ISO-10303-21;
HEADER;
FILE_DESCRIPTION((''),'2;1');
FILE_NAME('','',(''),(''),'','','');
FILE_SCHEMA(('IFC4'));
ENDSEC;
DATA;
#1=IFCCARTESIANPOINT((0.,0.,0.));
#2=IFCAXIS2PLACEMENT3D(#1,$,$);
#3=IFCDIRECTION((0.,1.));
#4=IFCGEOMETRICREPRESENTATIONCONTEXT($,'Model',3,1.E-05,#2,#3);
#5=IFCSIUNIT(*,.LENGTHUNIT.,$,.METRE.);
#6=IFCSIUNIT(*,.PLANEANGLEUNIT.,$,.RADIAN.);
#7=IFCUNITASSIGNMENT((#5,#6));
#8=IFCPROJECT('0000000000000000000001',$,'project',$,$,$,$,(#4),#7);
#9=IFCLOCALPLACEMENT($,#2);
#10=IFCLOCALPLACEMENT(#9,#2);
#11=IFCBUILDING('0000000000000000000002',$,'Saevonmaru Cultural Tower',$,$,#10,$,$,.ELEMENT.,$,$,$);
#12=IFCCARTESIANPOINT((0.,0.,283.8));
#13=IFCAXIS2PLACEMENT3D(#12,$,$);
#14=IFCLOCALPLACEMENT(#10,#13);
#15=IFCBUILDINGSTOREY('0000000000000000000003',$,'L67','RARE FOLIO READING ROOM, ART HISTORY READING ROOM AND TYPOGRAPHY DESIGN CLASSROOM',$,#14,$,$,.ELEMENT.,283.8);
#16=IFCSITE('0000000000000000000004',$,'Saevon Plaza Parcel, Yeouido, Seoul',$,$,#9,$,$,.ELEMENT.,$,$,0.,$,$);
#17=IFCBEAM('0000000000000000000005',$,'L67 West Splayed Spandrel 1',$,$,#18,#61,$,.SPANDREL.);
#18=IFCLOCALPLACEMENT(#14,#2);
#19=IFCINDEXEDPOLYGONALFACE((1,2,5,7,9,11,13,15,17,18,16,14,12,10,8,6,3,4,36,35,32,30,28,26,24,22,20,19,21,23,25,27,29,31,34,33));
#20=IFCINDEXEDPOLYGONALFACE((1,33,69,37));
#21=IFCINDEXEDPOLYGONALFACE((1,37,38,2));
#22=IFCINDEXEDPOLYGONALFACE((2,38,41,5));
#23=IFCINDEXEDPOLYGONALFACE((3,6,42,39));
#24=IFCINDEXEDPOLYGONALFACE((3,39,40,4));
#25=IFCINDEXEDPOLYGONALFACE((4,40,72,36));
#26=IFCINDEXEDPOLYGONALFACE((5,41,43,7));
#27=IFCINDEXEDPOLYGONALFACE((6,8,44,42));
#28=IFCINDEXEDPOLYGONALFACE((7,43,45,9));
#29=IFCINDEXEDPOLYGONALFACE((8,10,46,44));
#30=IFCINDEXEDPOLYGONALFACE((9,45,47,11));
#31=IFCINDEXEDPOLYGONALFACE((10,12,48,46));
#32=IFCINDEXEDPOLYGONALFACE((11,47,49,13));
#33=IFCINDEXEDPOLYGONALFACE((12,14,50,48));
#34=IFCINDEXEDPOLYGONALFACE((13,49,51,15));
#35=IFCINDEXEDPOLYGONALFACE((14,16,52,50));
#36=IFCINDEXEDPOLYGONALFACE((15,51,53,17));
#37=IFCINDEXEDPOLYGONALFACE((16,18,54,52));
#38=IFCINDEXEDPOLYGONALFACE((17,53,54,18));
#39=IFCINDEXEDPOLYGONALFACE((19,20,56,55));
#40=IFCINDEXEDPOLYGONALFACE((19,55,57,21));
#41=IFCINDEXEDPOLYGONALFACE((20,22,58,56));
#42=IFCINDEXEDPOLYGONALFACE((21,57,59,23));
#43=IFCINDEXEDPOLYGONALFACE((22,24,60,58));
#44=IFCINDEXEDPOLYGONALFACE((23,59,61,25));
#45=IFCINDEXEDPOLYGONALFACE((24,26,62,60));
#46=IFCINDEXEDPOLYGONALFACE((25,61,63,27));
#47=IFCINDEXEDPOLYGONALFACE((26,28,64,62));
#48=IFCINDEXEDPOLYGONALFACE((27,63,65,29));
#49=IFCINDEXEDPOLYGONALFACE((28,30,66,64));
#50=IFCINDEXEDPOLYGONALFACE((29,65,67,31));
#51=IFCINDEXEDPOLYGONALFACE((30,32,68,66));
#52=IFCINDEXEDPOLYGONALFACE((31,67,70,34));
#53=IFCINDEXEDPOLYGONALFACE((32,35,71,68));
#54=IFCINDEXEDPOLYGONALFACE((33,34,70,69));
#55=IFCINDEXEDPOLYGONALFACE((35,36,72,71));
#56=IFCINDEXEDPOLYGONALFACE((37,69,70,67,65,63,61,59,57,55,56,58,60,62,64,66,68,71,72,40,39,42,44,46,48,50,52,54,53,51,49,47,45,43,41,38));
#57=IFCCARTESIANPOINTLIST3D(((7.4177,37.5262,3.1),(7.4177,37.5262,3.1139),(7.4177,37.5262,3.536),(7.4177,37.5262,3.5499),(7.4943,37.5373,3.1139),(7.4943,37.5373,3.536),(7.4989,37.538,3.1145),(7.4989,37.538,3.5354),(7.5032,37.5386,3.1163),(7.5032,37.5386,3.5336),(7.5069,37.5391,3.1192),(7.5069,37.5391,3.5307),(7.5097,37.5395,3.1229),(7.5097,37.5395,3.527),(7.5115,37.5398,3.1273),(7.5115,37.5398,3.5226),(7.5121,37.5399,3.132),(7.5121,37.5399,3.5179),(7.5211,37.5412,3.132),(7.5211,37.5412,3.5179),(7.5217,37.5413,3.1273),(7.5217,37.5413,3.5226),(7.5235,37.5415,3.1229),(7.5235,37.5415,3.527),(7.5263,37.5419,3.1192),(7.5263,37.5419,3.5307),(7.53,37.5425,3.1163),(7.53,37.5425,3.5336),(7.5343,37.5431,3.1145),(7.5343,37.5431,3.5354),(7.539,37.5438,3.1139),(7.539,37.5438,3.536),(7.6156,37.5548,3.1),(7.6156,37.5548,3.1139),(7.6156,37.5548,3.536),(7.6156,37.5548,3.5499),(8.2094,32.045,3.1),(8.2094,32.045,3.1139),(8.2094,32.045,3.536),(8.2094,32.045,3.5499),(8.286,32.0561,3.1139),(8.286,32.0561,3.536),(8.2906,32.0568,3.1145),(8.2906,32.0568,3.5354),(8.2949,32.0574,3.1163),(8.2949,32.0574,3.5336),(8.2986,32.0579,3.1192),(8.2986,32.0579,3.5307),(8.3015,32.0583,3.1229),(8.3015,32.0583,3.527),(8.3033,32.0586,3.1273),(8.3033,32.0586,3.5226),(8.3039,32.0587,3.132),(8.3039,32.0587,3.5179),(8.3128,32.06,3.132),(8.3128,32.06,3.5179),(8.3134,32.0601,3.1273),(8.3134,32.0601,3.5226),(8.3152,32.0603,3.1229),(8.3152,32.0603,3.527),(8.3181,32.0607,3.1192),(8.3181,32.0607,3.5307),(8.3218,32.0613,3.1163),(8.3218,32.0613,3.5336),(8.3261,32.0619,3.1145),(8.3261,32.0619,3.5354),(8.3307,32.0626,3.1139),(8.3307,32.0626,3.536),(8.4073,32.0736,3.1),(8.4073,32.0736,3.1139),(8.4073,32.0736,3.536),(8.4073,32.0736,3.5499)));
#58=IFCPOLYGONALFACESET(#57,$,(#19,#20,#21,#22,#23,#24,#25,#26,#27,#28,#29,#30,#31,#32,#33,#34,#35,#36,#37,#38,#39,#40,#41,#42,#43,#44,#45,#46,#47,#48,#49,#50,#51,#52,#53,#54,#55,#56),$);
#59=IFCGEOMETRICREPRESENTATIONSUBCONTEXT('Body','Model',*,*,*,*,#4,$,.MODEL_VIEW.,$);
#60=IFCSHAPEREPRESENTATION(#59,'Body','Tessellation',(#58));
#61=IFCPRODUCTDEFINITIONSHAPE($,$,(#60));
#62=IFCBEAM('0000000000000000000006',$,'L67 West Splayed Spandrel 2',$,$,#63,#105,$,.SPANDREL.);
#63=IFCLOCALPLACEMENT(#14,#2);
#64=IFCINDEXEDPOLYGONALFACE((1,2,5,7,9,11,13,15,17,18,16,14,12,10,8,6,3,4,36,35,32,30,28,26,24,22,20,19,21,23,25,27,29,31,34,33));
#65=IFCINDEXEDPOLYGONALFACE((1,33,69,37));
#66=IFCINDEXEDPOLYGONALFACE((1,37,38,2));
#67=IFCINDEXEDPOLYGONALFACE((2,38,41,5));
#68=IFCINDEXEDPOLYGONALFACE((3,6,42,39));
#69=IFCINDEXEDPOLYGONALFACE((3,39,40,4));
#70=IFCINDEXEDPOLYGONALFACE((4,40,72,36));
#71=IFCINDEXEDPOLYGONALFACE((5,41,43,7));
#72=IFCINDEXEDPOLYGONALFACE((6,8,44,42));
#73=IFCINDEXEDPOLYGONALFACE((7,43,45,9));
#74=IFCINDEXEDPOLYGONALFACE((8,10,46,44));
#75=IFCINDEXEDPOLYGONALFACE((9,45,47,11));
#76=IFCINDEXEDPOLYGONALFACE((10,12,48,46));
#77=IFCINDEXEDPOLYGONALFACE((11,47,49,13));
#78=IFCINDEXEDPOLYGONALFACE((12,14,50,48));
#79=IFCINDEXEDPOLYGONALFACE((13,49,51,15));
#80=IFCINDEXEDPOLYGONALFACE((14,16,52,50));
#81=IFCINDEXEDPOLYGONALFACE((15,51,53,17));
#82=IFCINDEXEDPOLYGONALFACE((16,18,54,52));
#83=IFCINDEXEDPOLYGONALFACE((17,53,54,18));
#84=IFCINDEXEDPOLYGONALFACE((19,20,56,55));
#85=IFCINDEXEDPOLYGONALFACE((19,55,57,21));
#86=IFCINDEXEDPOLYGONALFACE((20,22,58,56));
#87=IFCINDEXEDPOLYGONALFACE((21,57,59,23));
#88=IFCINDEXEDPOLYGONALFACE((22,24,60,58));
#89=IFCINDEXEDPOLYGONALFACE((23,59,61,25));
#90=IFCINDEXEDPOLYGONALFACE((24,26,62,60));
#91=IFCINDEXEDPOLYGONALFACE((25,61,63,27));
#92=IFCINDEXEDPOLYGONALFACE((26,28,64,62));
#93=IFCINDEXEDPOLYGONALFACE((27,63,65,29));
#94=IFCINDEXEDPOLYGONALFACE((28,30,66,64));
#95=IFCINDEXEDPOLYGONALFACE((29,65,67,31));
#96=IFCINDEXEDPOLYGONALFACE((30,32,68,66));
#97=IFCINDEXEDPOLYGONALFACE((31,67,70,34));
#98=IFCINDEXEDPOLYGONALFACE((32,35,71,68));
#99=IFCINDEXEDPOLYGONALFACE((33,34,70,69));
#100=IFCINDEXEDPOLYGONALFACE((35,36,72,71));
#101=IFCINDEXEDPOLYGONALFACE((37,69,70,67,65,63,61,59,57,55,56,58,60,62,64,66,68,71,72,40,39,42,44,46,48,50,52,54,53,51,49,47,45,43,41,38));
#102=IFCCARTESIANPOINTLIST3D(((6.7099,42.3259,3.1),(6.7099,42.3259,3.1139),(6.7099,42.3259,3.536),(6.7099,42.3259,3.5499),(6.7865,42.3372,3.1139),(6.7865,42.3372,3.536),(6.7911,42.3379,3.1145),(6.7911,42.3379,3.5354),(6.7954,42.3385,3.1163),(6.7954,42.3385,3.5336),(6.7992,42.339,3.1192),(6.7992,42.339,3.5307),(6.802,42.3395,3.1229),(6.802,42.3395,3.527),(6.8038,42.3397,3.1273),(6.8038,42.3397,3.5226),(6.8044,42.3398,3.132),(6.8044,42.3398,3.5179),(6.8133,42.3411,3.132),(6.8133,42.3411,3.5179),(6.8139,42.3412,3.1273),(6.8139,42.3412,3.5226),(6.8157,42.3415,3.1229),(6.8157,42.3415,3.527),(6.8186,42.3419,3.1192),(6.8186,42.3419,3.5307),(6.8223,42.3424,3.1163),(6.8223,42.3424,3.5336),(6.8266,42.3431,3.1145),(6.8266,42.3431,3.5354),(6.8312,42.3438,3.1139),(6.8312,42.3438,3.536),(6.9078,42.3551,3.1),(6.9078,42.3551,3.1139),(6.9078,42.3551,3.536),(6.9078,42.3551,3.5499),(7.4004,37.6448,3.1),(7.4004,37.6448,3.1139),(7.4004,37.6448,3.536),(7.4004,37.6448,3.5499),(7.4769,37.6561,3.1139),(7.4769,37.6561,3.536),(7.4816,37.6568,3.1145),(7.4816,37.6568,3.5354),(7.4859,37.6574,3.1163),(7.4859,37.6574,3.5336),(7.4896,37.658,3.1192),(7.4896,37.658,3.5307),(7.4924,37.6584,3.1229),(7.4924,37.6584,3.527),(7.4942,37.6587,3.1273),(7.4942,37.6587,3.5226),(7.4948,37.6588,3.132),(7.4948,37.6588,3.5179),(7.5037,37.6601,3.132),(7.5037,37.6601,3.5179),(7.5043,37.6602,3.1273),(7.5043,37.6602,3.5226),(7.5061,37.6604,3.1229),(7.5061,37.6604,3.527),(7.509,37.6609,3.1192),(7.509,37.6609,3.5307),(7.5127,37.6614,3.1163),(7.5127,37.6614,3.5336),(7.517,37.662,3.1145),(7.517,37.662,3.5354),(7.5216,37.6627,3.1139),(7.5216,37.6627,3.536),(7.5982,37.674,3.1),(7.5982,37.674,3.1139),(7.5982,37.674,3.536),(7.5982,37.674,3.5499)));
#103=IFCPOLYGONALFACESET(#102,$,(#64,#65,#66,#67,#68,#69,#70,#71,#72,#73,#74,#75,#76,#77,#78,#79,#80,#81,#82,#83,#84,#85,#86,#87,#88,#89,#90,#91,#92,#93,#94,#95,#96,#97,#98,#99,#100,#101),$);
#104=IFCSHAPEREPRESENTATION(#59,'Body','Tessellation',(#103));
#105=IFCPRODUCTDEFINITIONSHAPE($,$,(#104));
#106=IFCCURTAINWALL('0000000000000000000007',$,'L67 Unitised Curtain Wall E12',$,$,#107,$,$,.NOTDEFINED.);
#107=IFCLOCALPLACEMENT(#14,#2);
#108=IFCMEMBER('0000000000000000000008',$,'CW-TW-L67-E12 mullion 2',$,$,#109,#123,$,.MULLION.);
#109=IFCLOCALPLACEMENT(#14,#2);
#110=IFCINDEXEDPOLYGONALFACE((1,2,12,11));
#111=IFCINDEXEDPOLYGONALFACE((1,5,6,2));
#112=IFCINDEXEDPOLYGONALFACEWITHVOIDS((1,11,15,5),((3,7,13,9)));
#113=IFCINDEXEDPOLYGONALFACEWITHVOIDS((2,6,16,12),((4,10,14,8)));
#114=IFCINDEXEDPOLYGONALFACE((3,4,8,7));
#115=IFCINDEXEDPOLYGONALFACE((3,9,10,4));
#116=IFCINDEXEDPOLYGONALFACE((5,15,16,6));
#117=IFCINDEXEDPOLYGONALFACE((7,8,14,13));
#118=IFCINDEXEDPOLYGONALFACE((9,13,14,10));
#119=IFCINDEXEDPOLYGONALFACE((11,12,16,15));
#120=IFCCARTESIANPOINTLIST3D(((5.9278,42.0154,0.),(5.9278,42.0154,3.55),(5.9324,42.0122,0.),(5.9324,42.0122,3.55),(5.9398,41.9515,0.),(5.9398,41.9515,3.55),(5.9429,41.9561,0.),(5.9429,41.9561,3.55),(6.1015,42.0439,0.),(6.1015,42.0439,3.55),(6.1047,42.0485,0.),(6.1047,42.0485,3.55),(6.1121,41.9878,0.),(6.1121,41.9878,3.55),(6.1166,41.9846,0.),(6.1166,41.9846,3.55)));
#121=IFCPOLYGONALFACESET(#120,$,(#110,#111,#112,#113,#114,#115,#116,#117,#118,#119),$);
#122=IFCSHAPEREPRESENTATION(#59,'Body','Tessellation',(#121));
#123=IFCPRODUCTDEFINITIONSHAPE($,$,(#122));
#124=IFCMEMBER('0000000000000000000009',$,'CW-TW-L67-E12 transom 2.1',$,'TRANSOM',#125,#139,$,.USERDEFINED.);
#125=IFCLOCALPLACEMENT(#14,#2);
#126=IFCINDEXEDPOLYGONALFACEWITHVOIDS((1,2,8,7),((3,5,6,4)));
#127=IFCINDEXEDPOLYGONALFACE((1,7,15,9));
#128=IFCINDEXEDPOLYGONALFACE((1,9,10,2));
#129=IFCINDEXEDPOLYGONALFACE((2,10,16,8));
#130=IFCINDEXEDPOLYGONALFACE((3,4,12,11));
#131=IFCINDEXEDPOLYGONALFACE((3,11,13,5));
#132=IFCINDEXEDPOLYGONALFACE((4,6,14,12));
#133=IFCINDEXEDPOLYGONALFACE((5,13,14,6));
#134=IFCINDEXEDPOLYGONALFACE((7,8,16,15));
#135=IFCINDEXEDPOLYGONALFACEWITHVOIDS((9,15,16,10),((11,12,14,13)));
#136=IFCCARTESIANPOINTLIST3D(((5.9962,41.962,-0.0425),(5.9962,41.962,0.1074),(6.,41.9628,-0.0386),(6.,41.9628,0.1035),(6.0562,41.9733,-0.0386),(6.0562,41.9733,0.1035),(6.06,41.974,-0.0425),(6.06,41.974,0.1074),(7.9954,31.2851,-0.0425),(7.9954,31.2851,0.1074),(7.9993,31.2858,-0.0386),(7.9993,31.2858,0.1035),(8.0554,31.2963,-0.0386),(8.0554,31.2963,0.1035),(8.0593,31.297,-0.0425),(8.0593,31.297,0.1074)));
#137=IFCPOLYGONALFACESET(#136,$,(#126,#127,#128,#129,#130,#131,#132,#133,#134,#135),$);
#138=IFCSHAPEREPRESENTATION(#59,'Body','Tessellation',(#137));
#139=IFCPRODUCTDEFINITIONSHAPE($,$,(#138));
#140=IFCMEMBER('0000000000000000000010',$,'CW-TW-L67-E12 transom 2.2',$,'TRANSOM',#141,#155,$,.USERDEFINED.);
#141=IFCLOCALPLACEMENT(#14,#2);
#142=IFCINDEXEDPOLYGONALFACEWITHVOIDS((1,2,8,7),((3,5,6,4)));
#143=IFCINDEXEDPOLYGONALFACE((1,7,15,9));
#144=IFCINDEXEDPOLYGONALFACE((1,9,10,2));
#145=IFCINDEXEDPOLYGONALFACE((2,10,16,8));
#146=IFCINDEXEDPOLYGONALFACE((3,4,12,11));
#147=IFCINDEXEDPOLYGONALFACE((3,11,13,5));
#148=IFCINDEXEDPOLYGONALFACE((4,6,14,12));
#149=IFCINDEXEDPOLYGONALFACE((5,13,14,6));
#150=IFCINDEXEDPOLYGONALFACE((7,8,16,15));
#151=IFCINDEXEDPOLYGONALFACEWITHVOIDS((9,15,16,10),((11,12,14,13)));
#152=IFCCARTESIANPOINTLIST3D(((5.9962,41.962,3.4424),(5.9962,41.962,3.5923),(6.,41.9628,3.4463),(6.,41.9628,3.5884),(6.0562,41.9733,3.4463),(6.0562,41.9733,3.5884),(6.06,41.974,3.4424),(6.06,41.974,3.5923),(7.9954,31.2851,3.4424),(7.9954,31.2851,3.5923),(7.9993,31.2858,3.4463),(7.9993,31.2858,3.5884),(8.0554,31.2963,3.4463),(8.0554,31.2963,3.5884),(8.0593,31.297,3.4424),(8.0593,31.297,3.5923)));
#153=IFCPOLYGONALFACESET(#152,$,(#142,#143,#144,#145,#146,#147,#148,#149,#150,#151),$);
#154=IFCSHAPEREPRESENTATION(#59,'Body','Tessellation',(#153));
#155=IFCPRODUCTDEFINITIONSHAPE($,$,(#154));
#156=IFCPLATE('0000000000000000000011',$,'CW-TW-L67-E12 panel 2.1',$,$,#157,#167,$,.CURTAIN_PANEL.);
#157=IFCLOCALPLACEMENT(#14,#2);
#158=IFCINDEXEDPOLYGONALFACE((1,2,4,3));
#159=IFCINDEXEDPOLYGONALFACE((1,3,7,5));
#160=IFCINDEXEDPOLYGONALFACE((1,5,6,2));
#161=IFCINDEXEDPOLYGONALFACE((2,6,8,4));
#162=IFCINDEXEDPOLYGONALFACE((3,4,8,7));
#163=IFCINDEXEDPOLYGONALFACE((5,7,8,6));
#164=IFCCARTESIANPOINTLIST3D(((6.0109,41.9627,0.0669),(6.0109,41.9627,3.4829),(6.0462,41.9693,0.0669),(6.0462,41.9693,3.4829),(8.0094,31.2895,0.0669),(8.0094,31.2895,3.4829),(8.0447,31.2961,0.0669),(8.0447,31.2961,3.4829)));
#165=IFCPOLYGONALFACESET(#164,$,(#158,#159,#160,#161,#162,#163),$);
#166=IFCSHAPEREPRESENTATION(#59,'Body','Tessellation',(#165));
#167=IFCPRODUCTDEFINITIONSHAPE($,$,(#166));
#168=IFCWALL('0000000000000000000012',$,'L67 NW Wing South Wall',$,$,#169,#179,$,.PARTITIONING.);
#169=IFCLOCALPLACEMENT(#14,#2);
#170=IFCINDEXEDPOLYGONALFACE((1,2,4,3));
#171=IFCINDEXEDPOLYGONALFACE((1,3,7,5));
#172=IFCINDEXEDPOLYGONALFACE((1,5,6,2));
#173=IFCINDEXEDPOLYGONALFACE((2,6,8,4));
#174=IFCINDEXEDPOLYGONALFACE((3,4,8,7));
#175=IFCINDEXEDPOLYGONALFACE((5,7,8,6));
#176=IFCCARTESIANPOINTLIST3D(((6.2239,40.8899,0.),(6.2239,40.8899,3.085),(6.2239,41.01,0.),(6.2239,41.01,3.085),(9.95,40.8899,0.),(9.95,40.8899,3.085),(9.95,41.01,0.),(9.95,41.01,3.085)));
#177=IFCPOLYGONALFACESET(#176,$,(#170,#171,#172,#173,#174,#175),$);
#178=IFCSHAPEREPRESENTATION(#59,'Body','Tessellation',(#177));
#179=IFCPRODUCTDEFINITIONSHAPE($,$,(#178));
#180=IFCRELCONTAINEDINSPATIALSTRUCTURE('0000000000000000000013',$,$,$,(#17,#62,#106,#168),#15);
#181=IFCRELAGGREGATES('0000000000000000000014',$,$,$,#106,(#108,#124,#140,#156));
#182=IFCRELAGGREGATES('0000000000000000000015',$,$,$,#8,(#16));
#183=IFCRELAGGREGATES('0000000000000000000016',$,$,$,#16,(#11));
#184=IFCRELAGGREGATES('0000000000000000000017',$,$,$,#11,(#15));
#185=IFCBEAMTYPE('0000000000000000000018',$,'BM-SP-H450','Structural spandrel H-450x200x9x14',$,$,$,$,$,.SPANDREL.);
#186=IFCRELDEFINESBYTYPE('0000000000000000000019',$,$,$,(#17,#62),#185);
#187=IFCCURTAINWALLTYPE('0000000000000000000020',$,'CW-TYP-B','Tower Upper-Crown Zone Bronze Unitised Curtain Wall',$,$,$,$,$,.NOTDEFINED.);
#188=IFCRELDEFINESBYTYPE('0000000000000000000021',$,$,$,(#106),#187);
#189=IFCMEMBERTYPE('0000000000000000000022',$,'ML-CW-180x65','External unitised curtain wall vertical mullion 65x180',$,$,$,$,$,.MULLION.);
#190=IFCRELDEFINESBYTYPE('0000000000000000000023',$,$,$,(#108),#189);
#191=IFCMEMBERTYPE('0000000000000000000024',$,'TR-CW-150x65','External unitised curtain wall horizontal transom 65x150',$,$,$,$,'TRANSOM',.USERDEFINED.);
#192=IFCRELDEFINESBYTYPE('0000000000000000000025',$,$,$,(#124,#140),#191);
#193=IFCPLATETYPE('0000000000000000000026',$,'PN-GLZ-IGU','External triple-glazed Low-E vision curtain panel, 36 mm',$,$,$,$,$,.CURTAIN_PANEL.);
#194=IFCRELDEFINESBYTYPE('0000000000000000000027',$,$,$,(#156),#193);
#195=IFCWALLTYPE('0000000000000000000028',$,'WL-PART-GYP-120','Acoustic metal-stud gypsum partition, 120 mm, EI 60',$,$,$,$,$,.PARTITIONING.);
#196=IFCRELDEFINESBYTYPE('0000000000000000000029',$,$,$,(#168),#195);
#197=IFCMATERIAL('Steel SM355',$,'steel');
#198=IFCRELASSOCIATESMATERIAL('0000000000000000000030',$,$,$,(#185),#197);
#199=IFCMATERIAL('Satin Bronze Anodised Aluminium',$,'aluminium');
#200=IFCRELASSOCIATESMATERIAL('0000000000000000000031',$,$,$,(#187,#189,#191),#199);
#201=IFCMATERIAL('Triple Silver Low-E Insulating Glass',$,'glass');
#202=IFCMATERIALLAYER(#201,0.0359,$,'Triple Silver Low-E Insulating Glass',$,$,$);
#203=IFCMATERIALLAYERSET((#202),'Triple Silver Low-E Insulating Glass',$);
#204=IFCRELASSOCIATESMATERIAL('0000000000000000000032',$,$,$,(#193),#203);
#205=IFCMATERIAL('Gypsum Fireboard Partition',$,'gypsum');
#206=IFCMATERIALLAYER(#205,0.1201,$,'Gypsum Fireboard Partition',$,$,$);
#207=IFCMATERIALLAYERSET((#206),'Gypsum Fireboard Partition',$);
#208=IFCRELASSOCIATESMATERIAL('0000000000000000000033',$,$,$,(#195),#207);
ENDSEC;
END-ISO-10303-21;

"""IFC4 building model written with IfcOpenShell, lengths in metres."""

from ifc_helpers import new_model, si_unit, direction, frame, frame_2d, origin, origin_2d, place, context, subcontext, project, spatial, rectangle, hollow_rectangle, i_section, extrude, material, layer, layer_set, material_profile, profile_set, type_object, element, aggregate, save


model = new_model("IFC4")

# Units and contexts
model_context = context("Model", 3, precision=1e-05, world=origin(), true_north=direction((0.0, 1.0)))
body_context = subcontext(model_context, "Body", "Model", "MODEL_VIEW")
ifc_project = project(units=[si_unit("LENGTHUNIT", "METRE"), si_unit("PLANEANGLEUNIT", "RADIAN")], contexts=[model_context])

# Site, building, storey
site_placement = place(None, origin())
site = spatial("IfcSite", under=ifc_project, at=site_placement, Name="Saevon Plaza Parcel, Yeouido, Seoul", CompositionType="ELEMENT", RefElevation=0.0)
building_placement = place(site_placement, origin())
building = spatial("IfcBuilding", under=site, at=building_placement, Name="Saevonmaru Cultural Tower", CompositionType="ELEMENT")
storey_placement = place(building_placement, frame((0.0, 0.0, 283.8)))
storey = spatial("IfcBuildingStorey", under=building, at=storey_placement, Name="L67", Description="RARE FOLIO READING ROOM, ART HISTORY READING ROOM AND TYPOGRAPHY DESIGN CLASSROOM", CompositionType="ELEMENT", Elevation=283.8)

# Shared definitions
ifc_material_1 = material(Name="Steel SM355", Category="steel")

# Beams
ifc_material_profile_1 = material_profile(ifc_material_1, i_section(OverallWidth=0.2, OverallDepth=0.45, WebThickness=0.009, FlangeThickness=0.0139, FilletRadius=0.0181, at=origin_2d()), Name="H-450x200x9x14")
ifc_profile_set_1 = profile_set([ifc_material_profile_1], Name="Steel SM355")
beam_type_1 = type_object("IfcBeamType", Name="BM-SP-H450", Description="Structural spandrel H-450x200x9x14", PredefinedType="SPANDREL", material=ifc_profile_set_1)
beam_1_placement = place(storey_placement, frame((8.3083, 32.0593, 3.325), z_axis=(-0.142964, 0.989728, 0.0), x_axis=(-0.989728, -0.142964, 0.0)))
element("IfcBeam", 1, at=beam_1_placement, inside=storey, type_object=beam_type_1, Name="L67 West Splayed Spandrel 1", PredefinedType="SPANDREL", context=body_context, shape_type="SweptSolid", body=[
    extrude(i_section(OverallWidth=0.2, OverallDepth=0.45, WebThickness=0.009, FlangeThickness=0.0139, FilletRadius=0.0181, at=origin_2d()), origin(), (0.0, 0.0, 1.0), 5.5381),
])
beam_2_placement = place(storey_placement, frame((7.4993, 37.6594, 3.325), z_axis=(-0.145913, 0.989297, 0.0), x_axis=(-0.989297, -0.145913, 0.0)))
element("IfcBeam", 2, at=beam_2_placement, inside=storey, type_object=beam_type_1, Name="L67 West Splayed Spandrel 2", PredefinedType="SPANDREL", context=body_context, shape_type="SweptSolid", body=[
    extrude(i_section(OverallWidth=0.2, OverallDepth=0.45, WebThickness=0.009, FlangeThickness=0.0139, FilletRadius=0.0181, at=origin_2d()), origin(), (0.0, 0.0, 1.0), 4.7317),
])

# Curtain wall, members, plate
ifc_material_2 = material(Name="Satin Bronze Anodised Aluminium", Category="aluminium")
curtain_wall_type = type_object("IfcCurtainWallType", Name="CW-TYP-B", Description="Tower Upper-Crown Zone Bronze Unitised Curtain Wall", PredefinedType="NOTDEFINED", material=ifc_material_2)
curtain_wall_placement = place(storey_placement, origin())
curtain_wall = element("IfcCurtainWall", 3, at=curtain_wall_placement, inside=storey, type_object=curtain_wall_type, Name="L67 Unitised Curtain Wall E12", PredefinedType="NOTDEFINED")
ifc_material_profile_2 = material_profile(ifc_material_2, hollow_rectangle(XDim=0.0649, YDim=0.1799, WallThickness=0.0039, at=origin_2d()), Name="ALU-MULL-180x65x4")
ifc_profile_set_2 = profile_set([ifc_material_profile_2], Name="Satin Bronze Anodised Aluminium")
member_type_1 = type_object("IfcMemberType", Name="ML-CW-180x65", Description="External unitised curtain wall vertical mullion 65x180", PredefinedType="MULLION", material=ifc_profile_set_2)
member_1_placement = place(storey_placement, frame((6.0222, 42.0, 0.0), z_axis=(0.0, 0.0, 1.0), x_axis=(0.184047, -0.982918, 0.0)))
member_1 = element("IfcMember", 4, at=member_1_placement, type_object=member_type_1, Name="CW-TW-L67-E12 mullion 2", PredefinedType="MULLION", context=body_context, shape_type="SweptSolid", body=[
    extrude(hollow_rectangle(XDim=0.0649, YDim=0.1799, WallThickness=0.0039, at=origin_2d()), origin(), (0.0, 0.0, 1.0), 3.55),
])
ifc_material_profile_3 = material_profile(ifc_material_2, hollow_rectangle(XDim=0.0649, YDim=0.1499, WallThickness=0.0039, at=origin_2d()), Name="ALU-TRAN-150x65x4")
ifc_profile_set_3 = profile_set([ifc_material_profile_3], Name="Satin Bronze Anodised Aluminium")
member_type_2 = type_object("IfcMemberType", Name="TR-CW-150x65", Description="External unitised curtain wall horizontal transom 65x150", ElementType="TRANSOM", PredefinedType="USERDEFINED", material=ifc_profile_set_3)
member_2_placement = place(storey_placement, frame((6.0281, 41.968, 0.0325), z_axis=(0.184051, -0.982917, 0.0), x_axis=(0.982917, 0.184051, 0.0)))
member_2 = element("IfcMember", 5, at=member_2_placement, type_object=member_type_2, Name="CW-TW-L67-E12 transom 2.1", ObjectType="TRANSOM", PredefinedType="USERDEFINED", context=body_context, shape_type="SweptSolid", body=[
    extrude(hollow_rectangle(XDim=0.0649, YDim=0.1499, WallThickness=0.0039, at=origin_2d()), origin(), (0.0, 0.0, 1.0), 10.8625),
])
member_3_placement = place(storey_placement, frame((6.0281, 41.968, 3.5173), z_axis=(0.184051, -0.982917, 0.0), x_axis=(0.982917, 0.184051, 0.0)))
member_3 = element("IfcMember", 6, at=member_3_placement, type_object=member_type_2, Name="CW-TW-L67-E12 transom 2.2", ObjectType="TRANSOM", PredefinedType="USERDEFINED", context=body_context, shape_type="SweptSolid", body=[
    extrude(hollow_rectangle(XDim=0.0649, YDim=0.1499, WallThickness=0.0039, at=origin_2d()), origin(), (0.0, 0.0, 1.0), 10.8625),
])
ifc_material_3 = material(Name="Triple Silver Low-E Insulating Glass", Category="glass")
ifc_layer_1 = layer(ifc_material_3, 0.0359, Name="Triple Silver Low-E Insulating Glass")
ifc_layer_set_1 = layer_set([ifc_layer_1], Name="Triple Silver Low-E Insulating Glass")
plate_type = type_object("IfcPlateType", Name="PN-GLZ-IGU", Description="External triple-glazed Low-E vision curtain panel, 36 mm", PredefinedType="CURTAIN_PANEL", material=ifc_layer_set_1)
plate_placement = place(storey_placement, frame((7.0278, 36.6294, 0.0669), z_axis=(0.0, 0.0, 1.0), x_axis=(0.184047, -0.982918, 0.0)))
plate = element("IfcPlate", 7, at=plate_placement, type_object=plate_type, Name="CW-TW-L67-E12 panel 2.1", PredefinedType="CURTAIN_PANEL", context=body_context, shape_type="SweptSolid", body=[
    extrude(rectangle(XDim=10.8586, YDim=0.0359, at=origin_2d()), origin(), (0.0, 0.0, 1.0), 3.416),
])
aggregate(curtain_wall, [member_1, member_2, member_3, plate])

# Wall
ifc_material_4 = material(Name="Gypsum Fireboard Partition", Category="gypsum")
ifc_layer_2 = layer(ifc_material_4, 0.1201, Name="Gypsum Fireboard Partition")
ifc_layer_set_2 = layer_set([ifc_layer_2], Name="Gypsum Fireboard Partition")
wall_type = type_object("IfcWallType", Name="WL-PART-GYP-120", Description="Acoustic metal-stud gypsum partition, 120 mm, EI 60", PredefinedType="PARTITIONING", material=ifc_layer_set_2)
wall_1_placement = place(storey_placement, frame((6.2239, 40.95, 0.0), z_axis=(0.0, 0.0, 1.0), x_axis=(1.0, 0.0, 0.0)))
element("IfcWall", 8, at=wall_1_placement, inside=storey, type_object=wall_type, Name="L67 NW Wing South Wall", PredefinedType="PARTITIONING", context=body_context, shape_type="SweptSolid", body=[
    extrude(rectangle(XDim=3.7261, YDim=0.1201, at=frame_2d((1.863, 0.0))), origin(), (0.0, 0.0, 1.0), 3.085),
])

save(model, "model.ifc")
